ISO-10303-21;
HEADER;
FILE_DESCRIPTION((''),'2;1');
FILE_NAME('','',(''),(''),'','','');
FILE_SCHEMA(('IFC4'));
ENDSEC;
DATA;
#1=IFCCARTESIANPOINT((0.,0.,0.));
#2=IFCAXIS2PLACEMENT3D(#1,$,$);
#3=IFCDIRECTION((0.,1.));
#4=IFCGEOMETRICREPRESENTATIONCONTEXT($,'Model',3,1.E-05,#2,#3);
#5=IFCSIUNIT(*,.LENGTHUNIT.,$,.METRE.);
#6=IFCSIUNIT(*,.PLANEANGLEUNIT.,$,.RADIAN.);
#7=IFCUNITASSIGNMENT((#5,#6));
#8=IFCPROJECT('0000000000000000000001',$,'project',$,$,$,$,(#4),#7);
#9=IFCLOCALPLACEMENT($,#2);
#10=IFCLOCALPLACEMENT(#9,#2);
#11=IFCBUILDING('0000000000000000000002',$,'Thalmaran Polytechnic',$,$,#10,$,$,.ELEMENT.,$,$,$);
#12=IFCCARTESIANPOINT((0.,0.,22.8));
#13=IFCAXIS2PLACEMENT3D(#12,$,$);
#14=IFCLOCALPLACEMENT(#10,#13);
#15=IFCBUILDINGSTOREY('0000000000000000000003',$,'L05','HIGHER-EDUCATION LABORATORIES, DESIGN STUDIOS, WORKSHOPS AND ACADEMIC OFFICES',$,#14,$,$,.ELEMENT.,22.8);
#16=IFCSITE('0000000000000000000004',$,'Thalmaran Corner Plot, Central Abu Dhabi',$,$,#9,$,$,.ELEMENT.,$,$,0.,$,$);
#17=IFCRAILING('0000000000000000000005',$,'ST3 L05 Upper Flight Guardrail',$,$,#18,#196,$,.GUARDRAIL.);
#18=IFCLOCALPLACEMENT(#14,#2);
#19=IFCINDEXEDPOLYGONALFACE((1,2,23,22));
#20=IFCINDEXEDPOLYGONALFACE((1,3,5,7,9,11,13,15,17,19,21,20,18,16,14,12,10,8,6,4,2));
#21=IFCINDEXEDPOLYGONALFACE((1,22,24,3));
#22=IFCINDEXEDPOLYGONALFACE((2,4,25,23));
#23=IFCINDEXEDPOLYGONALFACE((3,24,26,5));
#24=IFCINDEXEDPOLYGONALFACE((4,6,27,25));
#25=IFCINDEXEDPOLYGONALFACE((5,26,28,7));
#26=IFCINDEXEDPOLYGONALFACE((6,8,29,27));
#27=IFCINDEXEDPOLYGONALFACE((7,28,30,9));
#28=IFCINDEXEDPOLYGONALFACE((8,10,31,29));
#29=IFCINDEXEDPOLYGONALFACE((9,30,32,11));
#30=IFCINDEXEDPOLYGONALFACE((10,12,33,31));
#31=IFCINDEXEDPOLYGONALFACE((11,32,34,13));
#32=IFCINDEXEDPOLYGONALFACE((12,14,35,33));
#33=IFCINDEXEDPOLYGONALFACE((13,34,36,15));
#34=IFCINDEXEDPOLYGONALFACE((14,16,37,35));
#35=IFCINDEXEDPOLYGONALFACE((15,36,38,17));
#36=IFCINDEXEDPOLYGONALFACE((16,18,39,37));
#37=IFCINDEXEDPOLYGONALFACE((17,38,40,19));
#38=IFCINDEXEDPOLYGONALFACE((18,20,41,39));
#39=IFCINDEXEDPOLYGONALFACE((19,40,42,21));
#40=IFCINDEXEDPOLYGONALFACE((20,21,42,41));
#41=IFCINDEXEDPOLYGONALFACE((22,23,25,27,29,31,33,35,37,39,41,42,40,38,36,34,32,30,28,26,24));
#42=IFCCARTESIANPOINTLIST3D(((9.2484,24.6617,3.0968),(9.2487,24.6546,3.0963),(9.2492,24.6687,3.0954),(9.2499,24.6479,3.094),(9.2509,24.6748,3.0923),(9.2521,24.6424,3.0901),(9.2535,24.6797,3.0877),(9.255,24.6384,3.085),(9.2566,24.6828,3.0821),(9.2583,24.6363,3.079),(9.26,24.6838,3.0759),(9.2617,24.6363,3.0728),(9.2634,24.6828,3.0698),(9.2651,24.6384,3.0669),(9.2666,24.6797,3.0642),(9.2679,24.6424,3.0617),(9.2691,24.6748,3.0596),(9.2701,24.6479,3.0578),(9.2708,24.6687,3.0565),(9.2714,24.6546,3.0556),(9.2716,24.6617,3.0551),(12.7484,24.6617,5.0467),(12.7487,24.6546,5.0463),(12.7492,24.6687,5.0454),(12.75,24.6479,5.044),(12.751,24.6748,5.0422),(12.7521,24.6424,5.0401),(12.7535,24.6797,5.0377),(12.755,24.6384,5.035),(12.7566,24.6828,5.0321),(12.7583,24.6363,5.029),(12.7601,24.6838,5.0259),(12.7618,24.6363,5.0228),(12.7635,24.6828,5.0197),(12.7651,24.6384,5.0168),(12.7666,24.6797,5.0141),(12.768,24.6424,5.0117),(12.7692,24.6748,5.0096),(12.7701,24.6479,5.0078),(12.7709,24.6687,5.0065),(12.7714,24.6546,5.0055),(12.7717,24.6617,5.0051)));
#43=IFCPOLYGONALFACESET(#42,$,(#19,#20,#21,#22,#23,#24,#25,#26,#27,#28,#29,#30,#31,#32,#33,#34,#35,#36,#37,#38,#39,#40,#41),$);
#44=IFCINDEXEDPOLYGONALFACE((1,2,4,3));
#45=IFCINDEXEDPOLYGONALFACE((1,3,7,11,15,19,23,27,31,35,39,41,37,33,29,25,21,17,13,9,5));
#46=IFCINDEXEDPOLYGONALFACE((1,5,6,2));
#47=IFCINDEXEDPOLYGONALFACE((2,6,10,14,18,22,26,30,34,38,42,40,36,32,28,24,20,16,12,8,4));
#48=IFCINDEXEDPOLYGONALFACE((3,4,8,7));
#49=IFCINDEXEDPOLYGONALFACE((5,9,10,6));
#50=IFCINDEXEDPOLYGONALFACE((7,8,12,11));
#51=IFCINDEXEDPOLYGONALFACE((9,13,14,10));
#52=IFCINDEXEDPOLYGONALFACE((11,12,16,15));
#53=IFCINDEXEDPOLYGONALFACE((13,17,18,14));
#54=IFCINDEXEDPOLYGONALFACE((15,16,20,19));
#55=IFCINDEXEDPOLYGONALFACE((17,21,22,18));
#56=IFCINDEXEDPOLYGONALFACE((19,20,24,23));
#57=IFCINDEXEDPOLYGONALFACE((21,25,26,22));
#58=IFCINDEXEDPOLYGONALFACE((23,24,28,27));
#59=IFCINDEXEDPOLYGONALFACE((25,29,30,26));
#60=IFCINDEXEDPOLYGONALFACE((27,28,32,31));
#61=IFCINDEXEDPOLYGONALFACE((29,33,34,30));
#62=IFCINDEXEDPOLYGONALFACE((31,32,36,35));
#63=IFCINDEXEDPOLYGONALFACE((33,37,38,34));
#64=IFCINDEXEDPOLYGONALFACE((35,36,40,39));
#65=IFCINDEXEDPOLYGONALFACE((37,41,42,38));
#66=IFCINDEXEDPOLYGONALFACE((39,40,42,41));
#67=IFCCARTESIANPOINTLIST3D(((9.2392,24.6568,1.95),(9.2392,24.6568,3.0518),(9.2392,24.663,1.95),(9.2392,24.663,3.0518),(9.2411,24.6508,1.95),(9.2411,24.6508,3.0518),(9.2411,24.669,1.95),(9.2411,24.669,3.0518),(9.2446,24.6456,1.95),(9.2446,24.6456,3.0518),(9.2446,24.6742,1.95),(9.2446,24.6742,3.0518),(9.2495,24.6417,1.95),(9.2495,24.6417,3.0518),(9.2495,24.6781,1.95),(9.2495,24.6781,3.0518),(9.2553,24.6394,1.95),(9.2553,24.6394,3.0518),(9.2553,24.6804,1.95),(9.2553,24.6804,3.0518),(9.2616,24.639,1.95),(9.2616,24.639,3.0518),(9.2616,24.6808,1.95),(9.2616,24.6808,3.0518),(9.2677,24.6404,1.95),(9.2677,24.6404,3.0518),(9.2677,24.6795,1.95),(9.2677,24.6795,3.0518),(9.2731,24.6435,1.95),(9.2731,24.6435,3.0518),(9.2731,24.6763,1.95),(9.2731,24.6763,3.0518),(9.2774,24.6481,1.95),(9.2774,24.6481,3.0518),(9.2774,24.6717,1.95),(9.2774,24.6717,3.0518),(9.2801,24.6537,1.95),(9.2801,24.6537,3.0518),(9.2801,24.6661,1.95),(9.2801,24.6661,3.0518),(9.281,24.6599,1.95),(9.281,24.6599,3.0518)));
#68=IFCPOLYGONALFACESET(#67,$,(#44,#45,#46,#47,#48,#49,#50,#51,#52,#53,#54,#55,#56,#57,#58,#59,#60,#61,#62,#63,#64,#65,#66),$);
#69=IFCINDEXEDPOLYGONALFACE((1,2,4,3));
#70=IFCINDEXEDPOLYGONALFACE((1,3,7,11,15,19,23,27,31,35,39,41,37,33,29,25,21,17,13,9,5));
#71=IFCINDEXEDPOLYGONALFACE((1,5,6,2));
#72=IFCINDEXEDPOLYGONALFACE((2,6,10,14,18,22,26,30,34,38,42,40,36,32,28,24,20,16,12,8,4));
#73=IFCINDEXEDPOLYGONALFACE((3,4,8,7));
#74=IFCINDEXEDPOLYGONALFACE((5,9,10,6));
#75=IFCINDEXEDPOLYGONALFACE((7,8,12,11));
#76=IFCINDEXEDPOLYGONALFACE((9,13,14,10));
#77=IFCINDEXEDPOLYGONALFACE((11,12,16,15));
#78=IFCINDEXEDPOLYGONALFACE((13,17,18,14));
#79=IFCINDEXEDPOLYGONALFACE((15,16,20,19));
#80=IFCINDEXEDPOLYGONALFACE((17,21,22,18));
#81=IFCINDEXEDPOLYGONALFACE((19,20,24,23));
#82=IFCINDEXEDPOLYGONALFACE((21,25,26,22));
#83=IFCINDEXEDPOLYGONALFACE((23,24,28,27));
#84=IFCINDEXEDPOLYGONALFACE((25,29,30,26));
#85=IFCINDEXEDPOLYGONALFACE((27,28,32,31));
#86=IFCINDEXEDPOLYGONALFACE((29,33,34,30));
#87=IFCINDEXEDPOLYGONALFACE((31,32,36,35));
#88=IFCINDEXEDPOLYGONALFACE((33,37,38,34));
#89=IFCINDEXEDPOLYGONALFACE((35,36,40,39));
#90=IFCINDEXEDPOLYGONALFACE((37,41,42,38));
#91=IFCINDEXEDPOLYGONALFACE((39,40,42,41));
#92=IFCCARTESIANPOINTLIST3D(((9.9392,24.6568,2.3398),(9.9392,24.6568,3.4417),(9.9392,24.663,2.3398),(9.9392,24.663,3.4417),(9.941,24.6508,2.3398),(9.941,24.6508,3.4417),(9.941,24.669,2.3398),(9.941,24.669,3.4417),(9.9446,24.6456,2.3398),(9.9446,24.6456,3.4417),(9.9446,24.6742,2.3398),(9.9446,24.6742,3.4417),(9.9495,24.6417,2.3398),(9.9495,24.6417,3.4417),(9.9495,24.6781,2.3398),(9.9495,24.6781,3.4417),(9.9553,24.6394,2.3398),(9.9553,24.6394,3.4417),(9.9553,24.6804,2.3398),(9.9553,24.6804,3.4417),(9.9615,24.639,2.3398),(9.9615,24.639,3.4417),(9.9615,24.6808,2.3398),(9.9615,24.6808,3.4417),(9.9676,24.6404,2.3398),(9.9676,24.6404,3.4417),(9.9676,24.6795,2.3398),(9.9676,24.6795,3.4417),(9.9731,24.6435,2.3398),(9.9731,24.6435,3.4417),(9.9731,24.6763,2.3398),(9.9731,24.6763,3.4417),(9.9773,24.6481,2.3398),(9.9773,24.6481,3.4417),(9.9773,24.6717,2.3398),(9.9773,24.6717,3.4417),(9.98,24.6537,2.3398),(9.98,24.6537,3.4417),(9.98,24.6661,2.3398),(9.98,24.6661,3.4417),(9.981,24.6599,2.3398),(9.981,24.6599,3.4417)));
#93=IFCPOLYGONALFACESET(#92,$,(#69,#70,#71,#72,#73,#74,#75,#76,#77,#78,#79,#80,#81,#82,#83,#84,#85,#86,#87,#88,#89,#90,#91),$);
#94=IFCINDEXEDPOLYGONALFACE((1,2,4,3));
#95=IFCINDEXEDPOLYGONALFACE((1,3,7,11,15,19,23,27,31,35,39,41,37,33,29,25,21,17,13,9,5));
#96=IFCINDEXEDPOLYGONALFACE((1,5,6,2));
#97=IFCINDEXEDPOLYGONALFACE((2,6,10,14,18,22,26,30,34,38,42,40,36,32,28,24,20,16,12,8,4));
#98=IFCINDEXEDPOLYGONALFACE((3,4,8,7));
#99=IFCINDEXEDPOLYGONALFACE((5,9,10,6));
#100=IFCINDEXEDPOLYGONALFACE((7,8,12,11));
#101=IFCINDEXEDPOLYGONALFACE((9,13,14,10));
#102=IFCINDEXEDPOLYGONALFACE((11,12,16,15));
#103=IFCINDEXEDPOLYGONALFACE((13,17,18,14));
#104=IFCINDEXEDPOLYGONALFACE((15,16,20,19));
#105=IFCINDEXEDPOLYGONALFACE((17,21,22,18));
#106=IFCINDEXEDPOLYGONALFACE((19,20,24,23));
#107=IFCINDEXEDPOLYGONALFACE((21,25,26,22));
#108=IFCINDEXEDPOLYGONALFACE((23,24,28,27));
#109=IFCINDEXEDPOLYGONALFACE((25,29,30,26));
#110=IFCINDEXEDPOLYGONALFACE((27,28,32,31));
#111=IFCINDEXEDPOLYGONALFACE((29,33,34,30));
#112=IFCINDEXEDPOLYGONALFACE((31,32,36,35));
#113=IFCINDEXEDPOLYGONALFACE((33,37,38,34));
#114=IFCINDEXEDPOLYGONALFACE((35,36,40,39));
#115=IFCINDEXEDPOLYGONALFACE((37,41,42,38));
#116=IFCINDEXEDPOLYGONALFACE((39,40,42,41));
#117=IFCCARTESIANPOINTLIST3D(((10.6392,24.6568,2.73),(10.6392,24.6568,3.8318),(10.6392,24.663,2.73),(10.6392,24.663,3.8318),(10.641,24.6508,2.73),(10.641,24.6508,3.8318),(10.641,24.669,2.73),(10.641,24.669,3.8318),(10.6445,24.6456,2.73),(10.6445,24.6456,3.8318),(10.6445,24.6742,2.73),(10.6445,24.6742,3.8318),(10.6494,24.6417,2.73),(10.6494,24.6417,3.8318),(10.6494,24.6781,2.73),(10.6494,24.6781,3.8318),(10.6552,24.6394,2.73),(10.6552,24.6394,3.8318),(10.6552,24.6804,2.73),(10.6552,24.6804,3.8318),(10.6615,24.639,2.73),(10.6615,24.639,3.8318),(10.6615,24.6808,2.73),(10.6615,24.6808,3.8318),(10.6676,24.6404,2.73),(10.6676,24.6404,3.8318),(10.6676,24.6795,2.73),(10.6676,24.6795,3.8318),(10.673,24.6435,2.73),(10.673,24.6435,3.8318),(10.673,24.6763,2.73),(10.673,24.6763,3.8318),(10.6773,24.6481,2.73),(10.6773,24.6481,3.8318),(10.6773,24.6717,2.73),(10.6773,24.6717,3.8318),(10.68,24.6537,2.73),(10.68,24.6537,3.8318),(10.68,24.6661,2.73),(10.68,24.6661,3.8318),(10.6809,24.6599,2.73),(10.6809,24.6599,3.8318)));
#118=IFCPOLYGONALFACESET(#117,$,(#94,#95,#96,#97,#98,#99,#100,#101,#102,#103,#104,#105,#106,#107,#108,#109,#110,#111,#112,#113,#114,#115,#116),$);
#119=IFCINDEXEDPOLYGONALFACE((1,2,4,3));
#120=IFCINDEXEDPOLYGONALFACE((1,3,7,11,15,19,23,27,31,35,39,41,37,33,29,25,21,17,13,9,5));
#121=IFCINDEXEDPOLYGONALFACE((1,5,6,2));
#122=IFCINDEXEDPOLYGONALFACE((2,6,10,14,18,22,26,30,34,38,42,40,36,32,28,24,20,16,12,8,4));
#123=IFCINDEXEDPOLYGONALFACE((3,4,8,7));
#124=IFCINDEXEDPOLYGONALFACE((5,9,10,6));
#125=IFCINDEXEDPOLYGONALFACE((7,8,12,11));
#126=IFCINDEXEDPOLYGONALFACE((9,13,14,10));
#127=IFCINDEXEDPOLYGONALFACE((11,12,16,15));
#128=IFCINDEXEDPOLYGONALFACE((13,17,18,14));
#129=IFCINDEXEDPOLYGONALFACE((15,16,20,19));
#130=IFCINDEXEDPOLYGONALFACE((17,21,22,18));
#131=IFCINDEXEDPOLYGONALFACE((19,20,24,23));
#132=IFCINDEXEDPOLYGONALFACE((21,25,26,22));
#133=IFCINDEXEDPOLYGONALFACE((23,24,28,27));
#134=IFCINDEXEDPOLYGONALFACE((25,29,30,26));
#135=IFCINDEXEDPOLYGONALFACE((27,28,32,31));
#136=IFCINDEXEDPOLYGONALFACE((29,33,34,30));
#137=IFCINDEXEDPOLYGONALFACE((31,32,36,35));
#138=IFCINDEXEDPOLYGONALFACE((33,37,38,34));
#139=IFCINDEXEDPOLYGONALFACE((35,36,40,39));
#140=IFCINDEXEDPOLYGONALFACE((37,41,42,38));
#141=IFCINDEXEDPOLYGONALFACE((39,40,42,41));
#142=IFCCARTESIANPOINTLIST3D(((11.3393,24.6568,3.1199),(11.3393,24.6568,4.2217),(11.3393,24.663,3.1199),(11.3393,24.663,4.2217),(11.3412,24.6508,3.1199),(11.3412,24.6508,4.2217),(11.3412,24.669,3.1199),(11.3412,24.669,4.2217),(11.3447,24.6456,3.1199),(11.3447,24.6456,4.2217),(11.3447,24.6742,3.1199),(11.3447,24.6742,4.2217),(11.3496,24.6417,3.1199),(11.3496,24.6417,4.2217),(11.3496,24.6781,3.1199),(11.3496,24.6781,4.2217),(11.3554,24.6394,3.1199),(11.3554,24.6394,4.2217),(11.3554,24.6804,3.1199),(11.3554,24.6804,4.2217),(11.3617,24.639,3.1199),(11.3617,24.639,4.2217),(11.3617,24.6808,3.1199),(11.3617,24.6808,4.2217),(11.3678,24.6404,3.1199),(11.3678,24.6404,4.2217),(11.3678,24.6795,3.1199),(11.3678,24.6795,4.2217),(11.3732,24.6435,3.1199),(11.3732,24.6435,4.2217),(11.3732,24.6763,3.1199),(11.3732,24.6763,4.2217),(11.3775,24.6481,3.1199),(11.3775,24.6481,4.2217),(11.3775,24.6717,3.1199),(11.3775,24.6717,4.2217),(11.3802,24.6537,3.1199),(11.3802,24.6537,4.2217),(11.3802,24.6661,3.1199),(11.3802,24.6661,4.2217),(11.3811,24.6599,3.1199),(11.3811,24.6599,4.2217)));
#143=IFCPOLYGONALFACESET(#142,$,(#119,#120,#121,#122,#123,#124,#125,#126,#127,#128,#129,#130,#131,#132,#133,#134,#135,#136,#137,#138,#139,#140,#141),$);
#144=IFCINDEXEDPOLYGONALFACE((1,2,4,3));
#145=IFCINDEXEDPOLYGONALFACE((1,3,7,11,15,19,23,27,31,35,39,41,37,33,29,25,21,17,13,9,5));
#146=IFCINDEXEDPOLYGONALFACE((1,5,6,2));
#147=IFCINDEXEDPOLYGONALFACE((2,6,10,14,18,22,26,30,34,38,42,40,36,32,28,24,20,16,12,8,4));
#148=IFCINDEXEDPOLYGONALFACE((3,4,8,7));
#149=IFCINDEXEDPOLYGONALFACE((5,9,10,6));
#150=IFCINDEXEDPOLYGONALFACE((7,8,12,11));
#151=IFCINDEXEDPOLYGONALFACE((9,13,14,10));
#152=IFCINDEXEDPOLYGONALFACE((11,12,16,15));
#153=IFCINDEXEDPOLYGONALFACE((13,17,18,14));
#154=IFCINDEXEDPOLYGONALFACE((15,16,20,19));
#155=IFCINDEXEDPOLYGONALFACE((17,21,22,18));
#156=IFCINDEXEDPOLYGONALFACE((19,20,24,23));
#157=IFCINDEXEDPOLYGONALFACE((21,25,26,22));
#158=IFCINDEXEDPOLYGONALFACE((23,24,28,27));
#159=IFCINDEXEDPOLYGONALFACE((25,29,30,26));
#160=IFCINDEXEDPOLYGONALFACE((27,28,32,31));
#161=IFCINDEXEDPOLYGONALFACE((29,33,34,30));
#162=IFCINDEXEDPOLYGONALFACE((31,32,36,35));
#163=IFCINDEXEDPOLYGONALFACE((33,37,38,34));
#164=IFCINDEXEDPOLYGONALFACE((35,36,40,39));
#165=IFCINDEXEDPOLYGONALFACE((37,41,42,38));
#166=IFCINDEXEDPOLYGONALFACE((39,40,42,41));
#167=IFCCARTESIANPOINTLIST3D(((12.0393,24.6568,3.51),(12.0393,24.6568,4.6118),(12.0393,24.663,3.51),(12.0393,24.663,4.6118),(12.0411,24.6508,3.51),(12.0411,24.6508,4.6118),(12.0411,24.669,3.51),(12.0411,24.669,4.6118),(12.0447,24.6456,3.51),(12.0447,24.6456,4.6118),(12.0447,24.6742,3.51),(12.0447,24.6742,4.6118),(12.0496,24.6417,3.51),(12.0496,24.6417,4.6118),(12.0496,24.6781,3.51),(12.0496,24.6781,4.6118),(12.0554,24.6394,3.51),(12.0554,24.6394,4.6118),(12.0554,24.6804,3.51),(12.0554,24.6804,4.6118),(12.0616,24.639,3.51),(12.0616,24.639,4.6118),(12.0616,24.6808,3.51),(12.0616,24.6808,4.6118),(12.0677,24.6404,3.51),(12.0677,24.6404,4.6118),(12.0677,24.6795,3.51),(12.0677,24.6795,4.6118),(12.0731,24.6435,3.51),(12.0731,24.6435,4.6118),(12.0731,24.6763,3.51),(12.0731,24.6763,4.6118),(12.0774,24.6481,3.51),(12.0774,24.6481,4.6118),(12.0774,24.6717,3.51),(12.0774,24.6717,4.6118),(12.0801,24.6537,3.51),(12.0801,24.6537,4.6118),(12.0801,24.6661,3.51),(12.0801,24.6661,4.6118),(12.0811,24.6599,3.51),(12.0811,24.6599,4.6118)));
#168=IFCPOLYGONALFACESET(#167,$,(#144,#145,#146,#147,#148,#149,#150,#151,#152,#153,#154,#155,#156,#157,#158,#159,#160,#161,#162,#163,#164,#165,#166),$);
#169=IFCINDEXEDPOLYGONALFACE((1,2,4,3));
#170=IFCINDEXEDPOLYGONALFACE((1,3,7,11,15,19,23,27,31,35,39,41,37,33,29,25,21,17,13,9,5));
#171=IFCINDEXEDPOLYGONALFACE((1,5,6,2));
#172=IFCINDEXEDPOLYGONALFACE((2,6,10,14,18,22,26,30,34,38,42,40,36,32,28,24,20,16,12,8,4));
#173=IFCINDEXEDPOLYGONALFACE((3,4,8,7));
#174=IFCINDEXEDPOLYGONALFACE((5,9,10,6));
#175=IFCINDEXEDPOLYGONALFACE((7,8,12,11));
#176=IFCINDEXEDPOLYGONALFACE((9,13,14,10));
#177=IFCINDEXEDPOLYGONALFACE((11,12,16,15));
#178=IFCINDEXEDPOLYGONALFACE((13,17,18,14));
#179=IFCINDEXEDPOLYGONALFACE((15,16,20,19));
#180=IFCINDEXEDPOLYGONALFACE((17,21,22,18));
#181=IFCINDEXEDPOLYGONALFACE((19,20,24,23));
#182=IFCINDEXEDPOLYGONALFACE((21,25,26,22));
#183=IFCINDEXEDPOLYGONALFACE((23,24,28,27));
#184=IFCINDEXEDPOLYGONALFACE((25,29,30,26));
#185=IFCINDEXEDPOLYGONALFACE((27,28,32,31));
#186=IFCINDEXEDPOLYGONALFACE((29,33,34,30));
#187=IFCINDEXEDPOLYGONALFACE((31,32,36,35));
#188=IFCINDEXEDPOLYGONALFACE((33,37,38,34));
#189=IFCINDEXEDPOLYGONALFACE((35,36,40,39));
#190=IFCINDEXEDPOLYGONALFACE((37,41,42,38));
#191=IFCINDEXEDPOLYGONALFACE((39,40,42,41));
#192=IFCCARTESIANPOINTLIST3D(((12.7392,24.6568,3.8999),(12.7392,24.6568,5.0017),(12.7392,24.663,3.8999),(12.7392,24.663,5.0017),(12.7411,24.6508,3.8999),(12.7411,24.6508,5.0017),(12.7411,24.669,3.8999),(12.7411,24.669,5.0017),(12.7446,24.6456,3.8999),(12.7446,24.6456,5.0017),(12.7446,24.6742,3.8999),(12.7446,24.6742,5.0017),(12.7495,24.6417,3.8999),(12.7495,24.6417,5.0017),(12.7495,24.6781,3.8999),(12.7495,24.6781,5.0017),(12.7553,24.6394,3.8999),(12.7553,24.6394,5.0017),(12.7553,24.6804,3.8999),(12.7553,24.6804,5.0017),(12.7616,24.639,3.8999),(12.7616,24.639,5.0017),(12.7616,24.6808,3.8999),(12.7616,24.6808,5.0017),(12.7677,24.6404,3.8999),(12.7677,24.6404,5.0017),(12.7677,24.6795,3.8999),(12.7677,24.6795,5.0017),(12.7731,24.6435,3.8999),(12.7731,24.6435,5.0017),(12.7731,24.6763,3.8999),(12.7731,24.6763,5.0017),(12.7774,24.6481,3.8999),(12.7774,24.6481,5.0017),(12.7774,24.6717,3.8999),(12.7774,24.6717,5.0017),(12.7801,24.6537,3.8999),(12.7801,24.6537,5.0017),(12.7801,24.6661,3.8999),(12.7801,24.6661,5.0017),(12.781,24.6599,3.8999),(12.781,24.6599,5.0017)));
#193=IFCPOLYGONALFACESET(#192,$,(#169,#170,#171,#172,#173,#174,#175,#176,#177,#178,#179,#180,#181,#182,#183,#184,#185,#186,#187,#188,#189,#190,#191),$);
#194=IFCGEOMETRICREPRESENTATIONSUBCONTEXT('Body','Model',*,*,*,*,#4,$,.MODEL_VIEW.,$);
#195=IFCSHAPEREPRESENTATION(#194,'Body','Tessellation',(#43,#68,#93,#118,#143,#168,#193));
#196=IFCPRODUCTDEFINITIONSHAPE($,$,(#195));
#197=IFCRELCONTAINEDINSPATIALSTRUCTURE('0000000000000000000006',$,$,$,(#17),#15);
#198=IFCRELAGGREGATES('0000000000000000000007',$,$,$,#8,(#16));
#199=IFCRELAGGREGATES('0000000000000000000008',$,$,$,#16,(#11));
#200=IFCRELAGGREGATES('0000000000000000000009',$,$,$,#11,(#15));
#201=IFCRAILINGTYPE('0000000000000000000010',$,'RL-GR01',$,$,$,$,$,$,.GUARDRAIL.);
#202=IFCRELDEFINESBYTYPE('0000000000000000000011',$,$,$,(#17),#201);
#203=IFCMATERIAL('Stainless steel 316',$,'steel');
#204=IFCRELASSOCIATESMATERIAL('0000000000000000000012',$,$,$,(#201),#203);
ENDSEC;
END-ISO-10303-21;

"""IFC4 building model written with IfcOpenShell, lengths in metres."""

from ifc_helpers import new_model, si_unit, direction, frame, origin, origin_2d, place, context, subcontext, project, spatial, circle, extrude, material, type_object, element, save


model = new_model("IFC4")

# Units and contexts
model_context = context("Model", 3, precision=1e-05, world=origin(), true_north=direction((0.0, 1.0)))
body_context = subcontext(model_context, "Body", "Model", "MODEL_VIEW")
ifc_project = project(units=[si_unit("LENGTHUNIT", "METRE"), si_unit("PLANEANGLEUNIT", "RADIAN")], contexts=[model_context])

# Site, building, storey
site_placement = place(None, origin())
site = spatial("IfcSite", under=ifc_project, at=site_placement, Name="Thalmaran Corner Plot, Central Abu Dhabi", CompositionType="ELEMENT", RefElevation=0.0)
building_placement = place(site_placement, origin())
building = spatial("IfcBuilding", under=site, at=building_placement, Name="Thalmaran Polytechnic", CompositionType="ELEMENT")
storey_placement = place(building_placement, frame((0.0, 0.0, 22.8)))
storey = spatial("IfcBuildingStorey", under=building, at=storey_placement, Name="L05", Description="HIGHER-EDUCATION LABORATORIES, DESIGN STUDIOS, WORKSHOPS AND ACADEMIC OFFICES", CompositionType="ELEMENT", Elevation=22.8)

# Railing
ifc_material_1 = material(Name="Stainless steel 316", Category="steel")
railing_type_1 = type_object("IfcRailingType", Name="RL-GR01", PredefinedType="GUARDRAIL", material=ifc_material_1)
railing_1_placement = place(storey_placement, frame((9.26, 24.6599, 1.95)))
element("IfcRailing", 1, at=railing_1_placement, inside=storey, type_object=railing_type_1, Name="ST3 L05 Upper Flight Guardrail", PredefinedType="GUARDRAIL", context=body_context, shape_type="SweptSolid", body=[
    extrude(circle(Radius=0.0239, at=origin_2d()), frame((0.0, 0.0, 1.126), z_axis=(0.873573, 0.0, 0.486693), x_axis=(0.0, 1.0, 0.0)), (0.0, 0.0, 1.0), 4.0066),
    extrude(circle(Radius=0.021, at=origin_2d()), origin(), (0.0, 0.0, 1.0), 1.1018),
    extrude(circle(Radius=0.021, at=origin_2d()), frame((0.7, 0.0, 0.3899)), (0.0, 0.0, 1.0), 1.1018),
    extrude(circle(Radius=0.021, at=origin_2d()), frame((1.3999, 0.0, 0.78)), (0.0, 0.0, 1.0), 1.1018),
    extrude(circle(Radius=0.021, at=origin_2d()), frame((2.1001, 0.0, 1.1699)), (0.0, 0.0, 1.0), 1.1018),
    extrude(circle(Radius=0.021, at=origin_2d()), frame((2.8, 0.0, 1.5601)), (0.0, 0.0, 1.0), 1.1018),
    extrude(circle(Radius=0.021, at=origin_2d()), frame((3.5, 0.0, 1.95)), (0.0, 0.0, 1.0), 1.1018),
])

save(model, "model.ifc")
